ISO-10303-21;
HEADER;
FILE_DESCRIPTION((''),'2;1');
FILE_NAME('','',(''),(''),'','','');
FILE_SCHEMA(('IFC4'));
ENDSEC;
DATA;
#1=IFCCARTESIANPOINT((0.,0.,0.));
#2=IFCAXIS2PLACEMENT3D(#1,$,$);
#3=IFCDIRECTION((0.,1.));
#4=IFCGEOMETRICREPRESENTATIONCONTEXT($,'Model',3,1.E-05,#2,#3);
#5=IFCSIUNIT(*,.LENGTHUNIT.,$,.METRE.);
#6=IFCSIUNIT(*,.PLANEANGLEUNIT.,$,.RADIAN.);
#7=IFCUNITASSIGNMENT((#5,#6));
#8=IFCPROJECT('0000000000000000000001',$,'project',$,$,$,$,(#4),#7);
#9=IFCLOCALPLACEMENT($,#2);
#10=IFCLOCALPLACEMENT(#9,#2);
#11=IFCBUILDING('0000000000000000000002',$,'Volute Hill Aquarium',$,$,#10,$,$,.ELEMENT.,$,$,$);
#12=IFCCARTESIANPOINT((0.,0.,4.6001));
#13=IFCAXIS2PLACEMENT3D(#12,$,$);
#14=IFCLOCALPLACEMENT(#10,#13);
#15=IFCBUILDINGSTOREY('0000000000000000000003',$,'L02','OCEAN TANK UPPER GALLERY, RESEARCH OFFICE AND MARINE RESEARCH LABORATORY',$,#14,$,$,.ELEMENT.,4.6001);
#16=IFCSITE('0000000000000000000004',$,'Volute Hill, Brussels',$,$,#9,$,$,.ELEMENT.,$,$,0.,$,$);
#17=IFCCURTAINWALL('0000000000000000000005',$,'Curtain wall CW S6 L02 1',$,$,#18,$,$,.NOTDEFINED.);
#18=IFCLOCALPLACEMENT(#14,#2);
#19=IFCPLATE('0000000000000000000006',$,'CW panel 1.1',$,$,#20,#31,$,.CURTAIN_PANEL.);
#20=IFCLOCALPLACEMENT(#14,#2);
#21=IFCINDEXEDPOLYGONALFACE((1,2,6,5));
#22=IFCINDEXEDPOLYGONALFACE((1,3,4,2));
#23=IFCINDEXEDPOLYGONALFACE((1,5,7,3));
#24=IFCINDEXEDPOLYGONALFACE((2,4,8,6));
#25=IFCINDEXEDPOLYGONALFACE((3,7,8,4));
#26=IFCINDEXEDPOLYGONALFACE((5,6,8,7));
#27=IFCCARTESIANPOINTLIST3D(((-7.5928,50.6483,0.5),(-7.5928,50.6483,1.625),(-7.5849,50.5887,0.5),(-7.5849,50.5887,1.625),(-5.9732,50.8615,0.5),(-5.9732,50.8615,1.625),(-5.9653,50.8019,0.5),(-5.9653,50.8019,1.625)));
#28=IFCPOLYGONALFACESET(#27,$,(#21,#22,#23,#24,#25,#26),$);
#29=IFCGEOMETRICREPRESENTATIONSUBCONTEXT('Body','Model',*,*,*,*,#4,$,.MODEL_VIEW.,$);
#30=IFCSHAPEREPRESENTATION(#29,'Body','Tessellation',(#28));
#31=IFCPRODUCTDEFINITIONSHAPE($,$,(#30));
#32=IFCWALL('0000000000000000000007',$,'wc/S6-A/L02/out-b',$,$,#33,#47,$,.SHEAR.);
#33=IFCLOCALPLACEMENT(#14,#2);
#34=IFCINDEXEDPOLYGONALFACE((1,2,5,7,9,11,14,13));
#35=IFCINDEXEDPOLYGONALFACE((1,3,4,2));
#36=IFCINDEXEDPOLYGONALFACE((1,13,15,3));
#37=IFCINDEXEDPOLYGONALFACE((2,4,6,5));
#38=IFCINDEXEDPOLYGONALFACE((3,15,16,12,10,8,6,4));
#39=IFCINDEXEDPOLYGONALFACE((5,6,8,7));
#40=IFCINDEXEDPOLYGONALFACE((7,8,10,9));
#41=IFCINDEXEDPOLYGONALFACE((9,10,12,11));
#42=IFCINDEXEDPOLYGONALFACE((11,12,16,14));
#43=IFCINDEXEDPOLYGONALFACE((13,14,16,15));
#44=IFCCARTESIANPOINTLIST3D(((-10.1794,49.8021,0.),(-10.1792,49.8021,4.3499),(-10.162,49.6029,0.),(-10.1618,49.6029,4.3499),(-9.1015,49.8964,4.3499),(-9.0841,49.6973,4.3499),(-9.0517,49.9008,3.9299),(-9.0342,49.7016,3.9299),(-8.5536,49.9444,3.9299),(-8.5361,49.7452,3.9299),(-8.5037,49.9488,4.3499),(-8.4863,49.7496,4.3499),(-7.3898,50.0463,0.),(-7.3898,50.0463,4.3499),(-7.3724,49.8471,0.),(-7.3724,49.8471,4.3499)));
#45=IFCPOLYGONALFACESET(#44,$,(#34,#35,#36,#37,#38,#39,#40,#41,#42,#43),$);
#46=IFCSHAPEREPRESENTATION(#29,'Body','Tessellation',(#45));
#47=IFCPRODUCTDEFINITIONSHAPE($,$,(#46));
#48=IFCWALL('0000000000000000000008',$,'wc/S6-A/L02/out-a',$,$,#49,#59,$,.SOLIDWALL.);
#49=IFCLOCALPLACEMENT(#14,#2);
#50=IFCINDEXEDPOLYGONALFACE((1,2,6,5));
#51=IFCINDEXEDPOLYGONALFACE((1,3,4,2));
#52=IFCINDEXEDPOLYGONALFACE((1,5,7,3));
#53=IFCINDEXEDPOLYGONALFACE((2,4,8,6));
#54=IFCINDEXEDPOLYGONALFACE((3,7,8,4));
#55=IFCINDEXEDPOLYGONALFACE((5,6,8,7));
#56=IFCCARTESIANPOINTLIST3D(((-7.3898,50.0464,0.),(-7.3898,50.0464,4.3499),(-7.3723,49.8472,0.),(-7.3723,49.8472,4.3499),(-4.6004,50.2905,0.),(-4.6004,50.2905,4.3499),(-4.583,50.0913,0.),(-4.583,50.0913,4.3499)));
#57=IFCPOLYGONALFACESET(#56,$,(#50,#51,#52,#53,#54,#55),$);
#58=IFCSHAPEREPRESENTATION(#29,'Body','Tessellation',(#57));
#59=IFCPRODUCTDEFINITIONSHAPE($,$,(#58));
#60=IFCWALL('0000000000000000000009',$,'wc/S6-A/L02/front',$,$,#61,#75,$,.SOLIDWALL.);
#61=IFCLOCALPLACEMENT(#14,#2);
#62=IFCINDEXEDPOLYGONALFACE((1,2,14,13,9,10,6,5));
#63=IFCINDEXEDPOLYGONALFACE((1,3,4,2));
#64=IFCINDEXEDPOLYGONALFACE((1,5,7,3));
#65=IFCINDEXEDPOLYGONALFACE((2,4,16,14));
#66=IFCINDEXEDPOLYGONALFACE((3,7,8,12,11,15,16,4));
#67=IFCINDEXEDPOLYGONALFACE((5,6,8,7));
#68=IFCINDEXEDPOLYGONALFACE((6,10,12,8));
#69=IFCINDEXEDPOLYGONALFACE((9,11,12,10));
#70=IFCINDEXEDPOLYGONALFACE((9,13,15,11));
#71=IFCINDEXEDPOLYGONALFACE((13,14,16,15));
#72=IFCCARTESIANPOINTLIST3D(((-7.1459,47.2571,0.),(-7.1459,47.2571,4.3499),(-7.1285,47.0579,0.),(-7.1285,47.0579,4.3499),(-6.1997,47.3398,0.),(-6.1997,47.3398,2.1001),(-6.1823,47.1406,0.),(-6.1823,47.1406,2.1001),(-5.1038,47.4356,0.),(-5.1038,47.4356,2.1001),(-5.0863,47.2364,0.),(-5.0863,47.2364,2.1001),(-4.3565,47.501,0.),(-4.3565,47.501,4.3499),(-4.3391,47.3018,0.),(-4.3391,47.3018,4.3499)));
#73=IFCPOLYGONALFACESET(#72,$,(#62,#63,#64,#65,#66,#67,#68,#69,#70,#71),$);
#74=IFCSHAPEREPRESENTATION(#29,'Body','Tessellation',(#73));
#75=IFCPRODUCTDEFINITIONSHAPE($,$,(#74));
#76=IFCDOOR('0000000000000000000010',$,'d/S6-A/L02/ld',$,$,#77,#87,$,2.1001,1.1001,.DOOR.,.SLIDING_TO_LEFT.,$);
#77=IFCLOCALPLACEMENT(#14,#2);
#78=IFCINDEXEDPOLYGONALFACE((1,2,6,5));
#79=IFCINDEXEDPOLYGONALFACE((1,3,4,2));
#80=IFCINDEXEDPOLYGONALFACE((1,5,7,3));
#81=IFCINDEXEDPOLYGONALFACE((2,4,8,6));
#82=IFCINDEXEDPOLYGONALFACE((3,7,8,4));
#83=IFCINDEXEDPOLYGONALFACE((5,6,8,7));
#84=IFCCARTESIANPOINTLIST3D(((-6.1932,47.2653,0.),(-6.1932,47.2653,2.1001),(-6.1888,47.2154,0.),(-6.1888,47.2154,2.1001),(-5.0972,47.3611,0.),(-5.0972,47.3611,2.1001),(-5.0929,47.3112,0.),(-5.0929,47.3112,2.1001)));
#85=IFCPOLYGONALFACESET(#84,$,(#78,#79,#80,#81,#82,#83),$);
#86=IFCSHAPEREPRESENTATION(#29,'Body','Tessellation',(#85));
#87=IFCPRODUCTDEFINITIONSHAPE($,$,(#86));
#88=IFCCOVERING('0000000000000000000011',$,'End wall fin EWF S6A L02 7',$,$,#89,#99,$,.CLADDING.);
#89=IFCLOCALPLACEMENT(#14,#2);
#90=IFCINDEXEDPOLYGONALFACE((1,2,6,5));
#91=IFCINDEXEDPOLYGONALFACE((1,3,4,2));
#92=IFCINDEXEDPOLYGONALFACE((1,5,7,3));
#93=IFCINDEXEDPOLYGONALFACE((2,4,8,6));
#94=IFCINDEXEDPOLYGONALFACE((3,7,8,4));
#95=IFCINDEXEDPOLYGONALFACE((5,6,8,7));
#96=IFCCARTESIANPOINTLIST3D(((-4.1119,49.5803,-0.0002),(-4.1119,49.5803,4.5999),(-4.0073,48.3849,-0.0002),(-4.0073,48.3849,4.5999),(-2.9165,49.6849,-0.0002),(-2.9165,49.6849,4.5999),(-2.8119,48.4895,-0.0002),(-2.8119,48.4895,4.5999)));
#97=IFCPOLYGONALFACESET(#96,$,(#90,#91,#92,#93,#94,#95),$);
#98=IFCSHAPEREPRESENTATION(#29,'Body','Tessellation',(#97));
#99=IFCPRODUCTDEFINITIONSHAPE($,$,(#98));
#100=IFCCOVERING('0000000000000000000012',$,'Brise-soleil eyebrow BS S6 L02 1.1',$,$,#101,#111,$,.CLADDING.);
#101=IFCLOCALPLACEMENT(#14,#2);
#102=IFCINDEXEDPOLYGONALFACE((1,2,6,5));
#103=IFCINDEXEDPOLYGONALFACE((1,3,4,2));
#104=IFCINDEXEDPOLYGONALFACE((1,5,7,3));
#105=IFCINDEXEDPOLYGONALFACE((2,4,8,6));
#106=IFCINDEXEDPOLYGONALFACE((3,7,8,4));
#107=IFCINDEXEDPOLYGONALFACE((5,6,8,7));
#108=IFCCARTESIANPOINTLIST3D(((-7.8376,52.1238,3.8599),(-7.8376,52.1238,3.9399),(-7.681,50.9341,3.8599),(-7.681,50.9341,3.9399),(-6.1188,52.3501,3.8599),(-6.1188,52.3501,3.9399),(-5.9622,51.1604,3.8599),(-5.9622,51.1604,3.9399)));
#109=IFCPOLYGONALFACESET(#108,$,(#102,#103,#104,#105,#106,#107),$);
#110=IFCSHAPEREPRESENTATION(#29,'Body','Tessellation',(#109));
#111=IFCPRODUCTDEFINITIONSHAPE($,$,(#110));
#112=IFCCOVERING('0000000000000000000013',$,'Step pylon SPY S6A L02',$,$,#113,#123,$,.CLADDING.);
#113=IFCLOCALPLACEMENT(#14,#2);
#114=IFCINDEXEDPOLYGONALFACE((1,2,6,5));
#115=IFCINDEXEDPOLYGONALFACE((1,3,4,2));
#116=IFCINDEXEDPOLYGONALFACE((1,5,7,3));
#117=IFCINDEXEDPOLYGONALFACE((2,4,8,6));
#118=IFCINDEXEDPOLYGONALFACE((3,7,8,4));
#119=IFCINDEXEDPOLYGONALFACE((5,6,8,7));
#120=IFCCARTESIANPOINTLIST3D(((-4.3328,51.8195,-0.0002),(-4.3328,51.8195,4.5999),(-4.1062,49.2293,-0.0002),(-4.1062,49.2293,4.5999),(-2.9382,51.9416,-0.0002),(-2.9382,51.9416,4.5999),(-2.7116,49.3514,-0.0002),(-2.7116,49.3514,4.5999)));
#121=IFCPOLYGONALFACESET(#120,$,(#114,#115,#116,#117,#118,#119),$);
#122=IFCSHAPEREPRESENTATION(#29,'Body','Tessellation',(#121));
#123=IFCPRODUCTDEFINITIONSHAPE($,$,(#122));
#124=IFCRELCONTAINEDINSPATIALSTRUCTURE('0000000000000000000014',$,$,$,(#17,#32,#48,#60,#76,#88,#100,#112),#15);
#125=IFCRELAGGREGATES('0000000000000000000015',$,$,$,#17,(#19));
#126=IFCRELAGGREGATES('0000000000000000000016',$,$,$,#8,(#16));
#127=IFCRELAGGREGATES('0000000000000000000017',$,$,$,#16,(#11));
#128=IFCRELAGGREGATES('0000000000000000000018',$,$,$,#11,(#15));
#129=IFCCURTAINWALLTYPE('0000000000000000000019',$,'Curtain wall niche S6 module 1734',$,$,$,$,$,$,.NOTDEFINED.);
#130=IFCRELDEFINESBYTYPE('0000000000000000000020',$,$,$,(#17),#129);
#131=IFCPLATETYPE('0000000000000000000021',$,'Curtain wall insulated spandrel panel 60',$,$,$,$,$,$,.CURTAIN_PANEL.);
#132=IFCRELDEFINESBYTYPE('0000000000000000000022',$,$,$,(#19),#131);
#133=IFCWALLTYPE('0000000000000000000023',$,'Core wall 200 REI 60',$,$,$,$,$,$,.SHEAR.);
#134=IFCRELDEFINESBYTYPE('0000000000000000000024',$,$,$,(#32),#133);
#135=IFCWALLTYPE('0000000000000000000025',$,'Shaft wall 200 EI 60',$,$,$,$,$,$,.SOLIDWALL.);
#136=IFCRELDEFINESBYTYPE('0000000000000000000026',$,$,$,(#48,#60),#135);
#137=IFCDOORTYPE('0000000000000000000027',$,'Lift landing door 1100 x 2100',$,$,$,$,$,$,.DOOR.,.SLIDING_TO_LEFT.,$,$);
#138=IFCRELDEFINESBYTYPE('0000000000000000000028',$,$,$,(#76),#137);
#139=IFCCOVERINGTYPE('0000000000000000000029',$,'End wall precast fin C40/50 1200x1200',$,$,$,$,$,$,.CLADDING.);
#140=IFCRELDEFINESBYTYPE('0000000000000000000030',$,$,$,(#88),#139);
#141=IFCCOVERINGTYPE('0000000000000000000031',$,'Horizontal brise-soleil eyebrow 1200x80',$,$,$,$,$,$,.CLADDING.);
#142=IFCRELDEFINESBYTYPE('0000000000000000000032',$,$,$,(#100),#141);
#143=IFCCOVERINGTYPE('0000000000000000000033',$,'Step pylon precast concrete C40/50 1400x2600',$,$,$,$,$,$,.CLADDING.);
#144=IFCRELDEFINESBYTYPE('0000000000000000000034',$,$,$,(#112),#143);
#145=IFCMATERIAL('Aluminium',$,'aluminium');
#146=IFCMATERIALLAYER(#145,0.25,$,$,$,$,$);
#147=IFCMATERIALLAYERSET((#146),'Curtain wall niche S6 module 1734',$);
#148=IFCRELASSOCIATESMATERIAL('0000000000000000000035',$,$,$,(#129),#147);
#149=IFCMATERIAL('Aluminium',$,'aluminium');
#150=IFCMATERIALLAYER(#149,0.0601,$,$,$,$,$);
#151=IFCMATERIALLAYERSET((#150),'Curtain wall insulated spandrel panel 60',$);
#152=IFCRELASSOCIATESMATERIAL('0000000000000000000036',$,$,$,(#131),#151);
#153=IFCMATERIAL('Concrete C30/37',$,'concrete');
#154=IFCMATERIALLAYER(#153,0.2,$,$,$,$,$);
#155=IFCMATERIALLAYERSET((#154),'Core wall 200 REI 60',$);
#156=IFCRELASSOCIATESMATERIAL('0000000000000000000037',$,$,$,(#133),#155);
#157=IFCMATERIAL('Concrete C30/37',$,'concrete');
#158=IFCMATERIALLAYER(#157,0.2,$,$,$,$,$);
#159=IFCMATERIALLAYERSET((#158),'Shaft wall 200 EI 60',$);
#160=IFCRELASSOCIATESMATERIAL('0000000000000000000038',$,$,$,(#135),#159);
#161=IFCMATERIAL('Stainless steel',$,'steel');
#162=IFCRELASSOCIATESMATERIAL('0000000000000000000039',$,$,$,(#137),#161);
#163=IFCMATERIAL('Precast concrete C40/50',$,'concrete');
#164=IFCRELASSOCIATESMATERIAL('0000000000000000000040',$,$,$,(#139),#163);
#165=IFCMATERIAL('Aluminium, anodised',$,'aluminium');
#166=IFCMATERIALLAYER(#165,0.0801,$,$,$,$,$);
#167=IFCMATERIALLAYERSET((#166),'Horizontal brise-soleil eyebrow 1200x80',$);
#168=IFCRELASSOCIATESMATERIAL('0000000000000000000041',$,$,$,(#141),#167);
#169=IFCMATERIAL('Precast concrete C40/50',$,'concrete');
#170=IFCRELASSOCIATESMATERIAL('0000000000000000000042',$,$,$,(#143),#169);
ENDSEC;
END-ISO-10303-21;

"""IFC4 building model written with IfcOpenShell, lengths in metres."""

from ifc_helpers import new_model, si_unit, direction, frame, frame_2d, origin, origin_2d, place, context, subcontext, project, spatial, polyline, rectangle, outline, extrude, material, layer, layer_set, type_object, element, fill, aggregate, save


model = new_model("IFC4")

# Units and contexts
model_context = context("Model", 3, precision=1e-05, world=origin(), true_north=direction((0.0, 1.0)))
body_context = subcontext(model_context, "Body", "Model", "MODEL_VIEW")
ifc_project = project(units=[si_unit("LENGTHUNIT", "METRE"), si_unit("PLANEANGLEUNIT", "RADIAN")], contexts=[model_context])

# Site, building, storey
site_placement = place(None, origin())
site = spatial("IfcSite", under=ifc_project, at=site_placement, Name="Volute Hill, Brussels", CompositionType="ELEMENT", RefElevation=0.0)
building_placement = place(site_placement, origin())
building = spatial("IfcBuilding", under=site, at=building_placement, Name="Volute Hill Aquarium", CompositionType="ELEMENT")
storey_placement = place(building_placement, frame((0.0, 0.0, 4.6001)))
storey = spatial("IfcBuildingStorey", under=building, at=storey_placement, Name="L02", Description="OCEAN TANK UPPER GALLERY, RESEARCH OFFICE AND MARINE RESEARCH LABORATORY", CompositionType="ELEMENT", Elevation=4.6001)

# Curtain wall
ifc_material_1 = material(Name="Aluminium", Category="aluminium")
ifc_layer_1 = layer(ifc_material_1, 0.25)
ifc_layer_set_1 = layer_set([ifc_layer_1], Name="Curtain wall niche S6 module 1734")
curtain_wall_type = type_object("IfcCurtainWallType", Name="Curtain wall niche S6 module 1734", PredefinedType="NOTDEFINED", material=ifc_layer_set_1)
curtain_wall_placement = place(storey_placement, origin())
curtain_wall = element("IfcCurtainWall", 1, at=curtain_wall_placement, inside=storey, type_object=curtain_wall_type, Name="Curtain wall CW S6 L02 1", PredefinedType="NOTDEFINED")

# Plate
ifc_material_2 = material(Name="Aluminium", Category="aluminium")
ifc_layer_2 = layer(ifc_material_2, 0.0601)
ifc_layer_set_2 = layer_set([ifc_layer_2], Name="Curtain wall insulated spandrel panel 60")
plate_type_1 = type_object("IfcPlateType", Name="Curtain wall insulated spandrel panel 60", PredefinedType="CURTAIN_PANEL", material=ifc_layer_set_2)
plate_1_placement = place(storey_placement, frame((-6.7791, 50.7251, 0.5), z_axis=(0.0, 0.0, 1.0), x_axis=(-0.991445, -0.130524, 0.0)))
plate_1 = element("IfcPlate", 2, at=plate_1_placement, type_object=plate_type_1, Name="CW panel 1.1", PredefinedType="CURTAIN_PANEL", context=body_context, shape_type="SweptSolid", body=[
    extrude(rectangle(XDim=1.6335, YDim=0.0601, at=origin_2d()), origin(), (0.0, 0.0, 1.0), 1.125),
])
aggregate(curtain_wall, [plate_1])

# Walls
ifc_material_3 = material(Name="Concrete C30/37", Category="concrete")
ifc_layer_3 = layer(ifc_material_3, 0.2)
ifc_layer_set_3 = layer_set([ifc_layer_3], Name="Core wall 200 REI 60")
wall_type_1 = type_object("IfcWallType", Name="Core wall 200 REI 60", PredefinedType="SHEAR", material=ifc_layer_set_3)
wall_1_placement = place(storey_placement, frame((-7.3811, 49.9468, 0.0), z_axis=(0.0, 0.0, 1.0), x_axis=(-0.996192, -0.087186, 0.0)))
element("IfcWall", 3, at=wall_1_placement, inside=storey, type_object=wall_type_1, Name="wc/S6-A/L02/out-b", PredefinedType="SHEAR", context=body_context, shape_type="SweptSolid", body=[
    extrude(outline(polyline([(0.0, 0.0), (2.8003, 0.0), (2.8, 4.3499), (1.7183, 4.3499), (1.6682, 3.9299), (1.1682, 3.9299), (1.1182, 4.3499), (0.0, 4.3499), (0.0, 0.0)])), frame((0.0, 0.1001, 0.0), z_axis=(0.0, -1.0, 0.0), x_axis=(1.0, 0.0, 0.0)), (0.0, 0.0, 1.0), 0.2),
])
ifc_material_4 = material(Name="Concrete C30/37", Category="concrete")
ifc_layer_4 = layer(ifc_material_4, 0.2)
ifc_layer_set_4 = layer_set([ifc_layer_4], Name="Shaft wall 200 EI 60")
wall_type_2 = type_object("IfcWallType", Name="Shaft wall 200 EI 60", PredefinedType="SOLIDWALL", material=ifc_layer_set_4)
wall_2_placement = place(storey_placement, frame((-4.5918, 50.1909, 0.0), z_axis=(0.0, 0.0, 1.0), x_axis=(-0.996191, -0.087194, 0.0)))
element("IfcWall", 4, at=wall_2_placement, inside=storey, type_object=wall_type_2, Name="wc/S6-A/L02/out-a", PredefinedType="SOLIDWALL", context=body_context, shape_type="SweptSolid", body=[
    extrude(rectangle(XDim=2.8, YDim=0.2, at=frame_2d((1.3999, 0.0))), origin(), (0.0, 0.0, 1.0), 4.3499),
])

# Wall, opening, door
wall_3_placement = place(storey_placement, frame((-4.3479, 47.4014, 0.0), z_axis=(0.0, 0.0, 1.0), x_axis=(-0.996199, -0.087107, 0.0)))
wall_3 = element("IfcWall", 5, at=wall_3_placement, inside=storey, type_object=wall_type_2, Name="wc/S6-A/L02/front", PredefinedType="SOLIDWALL", context=body_context, shape_type="SweptSolid", body=[
    extrude(rectangle(XDim=2.8, YDim=0.2, at=frame_2d((1.3999, 0.0))), origin(), (0.0, 0.0, 1.0), 4.3499),
])
opening_placement = place(wall_3_placement, frame((0.75, 0.0, 0.0)))
opening = element("IfcOpeningElement", 6, at=opening_placement, cuts=wall_3, PredefinedType="OPENING", context=body_context, shape_type="SweptSolid", body=[
    extrude(rectangle(XDim=1.1001, YDim=2.1001, at=frame_2d((0.55, 1.05))), frame((0.0, 0.1099, 0.0), z_axis=(0.0, -1.0, 0.0), x_axis=(1.0, 0.0, 0.0)), (0.0, 0.0, 1.0), 0.22),
])
ifc_material_5 = material(Name="Stainless steel", Category="steel")
door_type = type_object("IfcDoorType", Name="Lift landing door 1100 x 2100", OperationType="SLIDING_TO_LEFT", PredefinedType="DOOR", material=ifc_material_5)
door_placement = place(opening_placement, origin())
door = element("IfcDoor", 7, at=door_placement, inside=storey, type_object=door_type, Name="d/S6-A/L02/ld", OperationType="SLIDING_TO_LEFT", OverallHeight=2.1001, OverallWidth=1.1001, PredefinedType="DOOR", context=body_context, shape_type="SweptSolid", body=[
    extrude(rectangle(XDim=1.1001, YDim=2.1001, at=frame_2d((0.55, 1.05))), frame((0.0, 0.0249, 0.0), z_axis=(0.0, -1.0, 0.0), x_axis=(1.0, 0.0, 0.0)), (0.0, 0.0, 1.0), 0.05),
])
fill(opening, door)

# Covering
ifc_material_6 = material(Name="Precast concrete C40/50", Category="concrete")
covering_type_1 = type_object("IfcCoveringType", Name="End wall precast fin C40/50 1200x1200", PredefinedType="CLADDING", material=ifc_material_6)
covering_1_placement = place(storey_placement, frame((-3.4619, 49.0349, -0.0002), z_axis=(0.0, 0.0, 1.0), x_axis=(-0.087155, 0.996195, 0.0)))
element("IfcCovering", 8, at=covering_1_placement, inside=storey, type_object=covering_type_1, Name="End wall fin EWF S6A L02 7", PredefinedType="CLADDING", context=body_context, shape_type="SweptSolid", body=[
    extrude(rectangle(XDim=1.2, YDim=1.2, at=origin_2d()), origin(), (0.0, 0.0, 1.0), 4.6001),
])

# Coverings
ifc_material_7 = material(Name="Aluminium, anodised", Category="aluminium")
ifc_layer_5 = layer(ifc_material_7, 0.0801)
ifc_layer_set_5 = layer_set([ifc_layer_5], Name="Horizontal brise-soleil eyebrow 1200x80")
covering_type_2 = type_object("IfcCoveringType", Name="Horizontal brise-soleil eyebrow 1200x80", PredefinedType="CLADDING", material=ifc_layer_set_5)
covering_2_placement = place(storey_placement, frame((-6.8999, 51.6421, 3.8599), z_axis=(0.0, 0.0, 1.0), x_axis=(-0.991445, -0.130526, 0.0)))
element("IfcCovering", 9, at=covering_2_placement, inside=storey, type_object=covering_type_2, Name="Brise-soleil eyebrow BS S6 L02 1.1", PredefinedType="CLADDING", context=body_context, shape_type="SweptSolid", body=[
    extrude(rectangle(XDim=1.7336, YDim=1.2, at=origin_2d()), origin(), (0.0, 0.0, 1.0), 0.0801),
])
ifc_material_8 = material(Name="Precast concrete C40/50", Category="concrete")
covering_type_3 = type_object("IfcCoveringType", Name="Step pylon precast concrete C40/50 1400x2600", PredefinedType="CLADDING", material=ifc_material_8)
covering_3_placement = place(storey_placement, frame((-3.5222, 50.5854, -0.0002), z_axis=(0.0, 0.0, 1.0), x_axis=(-0.087156, 0.996195, 0.0)))
element("IfcCovering", 10, at=covering_3_placement, inside=storey, type_object=covering_type_3, Name="Step pylon SPY S6A L02", PredefinedType="CLADDING", context=body_context, shape_type="SweptSolid", body=[
    extrude(rectangle(XDim=2.6001, YDim=1.3999, at=origin_2d()), origin(), (0.0, 0.0, 1.0), 4.6001),
])

save(model, "model.ifc")
